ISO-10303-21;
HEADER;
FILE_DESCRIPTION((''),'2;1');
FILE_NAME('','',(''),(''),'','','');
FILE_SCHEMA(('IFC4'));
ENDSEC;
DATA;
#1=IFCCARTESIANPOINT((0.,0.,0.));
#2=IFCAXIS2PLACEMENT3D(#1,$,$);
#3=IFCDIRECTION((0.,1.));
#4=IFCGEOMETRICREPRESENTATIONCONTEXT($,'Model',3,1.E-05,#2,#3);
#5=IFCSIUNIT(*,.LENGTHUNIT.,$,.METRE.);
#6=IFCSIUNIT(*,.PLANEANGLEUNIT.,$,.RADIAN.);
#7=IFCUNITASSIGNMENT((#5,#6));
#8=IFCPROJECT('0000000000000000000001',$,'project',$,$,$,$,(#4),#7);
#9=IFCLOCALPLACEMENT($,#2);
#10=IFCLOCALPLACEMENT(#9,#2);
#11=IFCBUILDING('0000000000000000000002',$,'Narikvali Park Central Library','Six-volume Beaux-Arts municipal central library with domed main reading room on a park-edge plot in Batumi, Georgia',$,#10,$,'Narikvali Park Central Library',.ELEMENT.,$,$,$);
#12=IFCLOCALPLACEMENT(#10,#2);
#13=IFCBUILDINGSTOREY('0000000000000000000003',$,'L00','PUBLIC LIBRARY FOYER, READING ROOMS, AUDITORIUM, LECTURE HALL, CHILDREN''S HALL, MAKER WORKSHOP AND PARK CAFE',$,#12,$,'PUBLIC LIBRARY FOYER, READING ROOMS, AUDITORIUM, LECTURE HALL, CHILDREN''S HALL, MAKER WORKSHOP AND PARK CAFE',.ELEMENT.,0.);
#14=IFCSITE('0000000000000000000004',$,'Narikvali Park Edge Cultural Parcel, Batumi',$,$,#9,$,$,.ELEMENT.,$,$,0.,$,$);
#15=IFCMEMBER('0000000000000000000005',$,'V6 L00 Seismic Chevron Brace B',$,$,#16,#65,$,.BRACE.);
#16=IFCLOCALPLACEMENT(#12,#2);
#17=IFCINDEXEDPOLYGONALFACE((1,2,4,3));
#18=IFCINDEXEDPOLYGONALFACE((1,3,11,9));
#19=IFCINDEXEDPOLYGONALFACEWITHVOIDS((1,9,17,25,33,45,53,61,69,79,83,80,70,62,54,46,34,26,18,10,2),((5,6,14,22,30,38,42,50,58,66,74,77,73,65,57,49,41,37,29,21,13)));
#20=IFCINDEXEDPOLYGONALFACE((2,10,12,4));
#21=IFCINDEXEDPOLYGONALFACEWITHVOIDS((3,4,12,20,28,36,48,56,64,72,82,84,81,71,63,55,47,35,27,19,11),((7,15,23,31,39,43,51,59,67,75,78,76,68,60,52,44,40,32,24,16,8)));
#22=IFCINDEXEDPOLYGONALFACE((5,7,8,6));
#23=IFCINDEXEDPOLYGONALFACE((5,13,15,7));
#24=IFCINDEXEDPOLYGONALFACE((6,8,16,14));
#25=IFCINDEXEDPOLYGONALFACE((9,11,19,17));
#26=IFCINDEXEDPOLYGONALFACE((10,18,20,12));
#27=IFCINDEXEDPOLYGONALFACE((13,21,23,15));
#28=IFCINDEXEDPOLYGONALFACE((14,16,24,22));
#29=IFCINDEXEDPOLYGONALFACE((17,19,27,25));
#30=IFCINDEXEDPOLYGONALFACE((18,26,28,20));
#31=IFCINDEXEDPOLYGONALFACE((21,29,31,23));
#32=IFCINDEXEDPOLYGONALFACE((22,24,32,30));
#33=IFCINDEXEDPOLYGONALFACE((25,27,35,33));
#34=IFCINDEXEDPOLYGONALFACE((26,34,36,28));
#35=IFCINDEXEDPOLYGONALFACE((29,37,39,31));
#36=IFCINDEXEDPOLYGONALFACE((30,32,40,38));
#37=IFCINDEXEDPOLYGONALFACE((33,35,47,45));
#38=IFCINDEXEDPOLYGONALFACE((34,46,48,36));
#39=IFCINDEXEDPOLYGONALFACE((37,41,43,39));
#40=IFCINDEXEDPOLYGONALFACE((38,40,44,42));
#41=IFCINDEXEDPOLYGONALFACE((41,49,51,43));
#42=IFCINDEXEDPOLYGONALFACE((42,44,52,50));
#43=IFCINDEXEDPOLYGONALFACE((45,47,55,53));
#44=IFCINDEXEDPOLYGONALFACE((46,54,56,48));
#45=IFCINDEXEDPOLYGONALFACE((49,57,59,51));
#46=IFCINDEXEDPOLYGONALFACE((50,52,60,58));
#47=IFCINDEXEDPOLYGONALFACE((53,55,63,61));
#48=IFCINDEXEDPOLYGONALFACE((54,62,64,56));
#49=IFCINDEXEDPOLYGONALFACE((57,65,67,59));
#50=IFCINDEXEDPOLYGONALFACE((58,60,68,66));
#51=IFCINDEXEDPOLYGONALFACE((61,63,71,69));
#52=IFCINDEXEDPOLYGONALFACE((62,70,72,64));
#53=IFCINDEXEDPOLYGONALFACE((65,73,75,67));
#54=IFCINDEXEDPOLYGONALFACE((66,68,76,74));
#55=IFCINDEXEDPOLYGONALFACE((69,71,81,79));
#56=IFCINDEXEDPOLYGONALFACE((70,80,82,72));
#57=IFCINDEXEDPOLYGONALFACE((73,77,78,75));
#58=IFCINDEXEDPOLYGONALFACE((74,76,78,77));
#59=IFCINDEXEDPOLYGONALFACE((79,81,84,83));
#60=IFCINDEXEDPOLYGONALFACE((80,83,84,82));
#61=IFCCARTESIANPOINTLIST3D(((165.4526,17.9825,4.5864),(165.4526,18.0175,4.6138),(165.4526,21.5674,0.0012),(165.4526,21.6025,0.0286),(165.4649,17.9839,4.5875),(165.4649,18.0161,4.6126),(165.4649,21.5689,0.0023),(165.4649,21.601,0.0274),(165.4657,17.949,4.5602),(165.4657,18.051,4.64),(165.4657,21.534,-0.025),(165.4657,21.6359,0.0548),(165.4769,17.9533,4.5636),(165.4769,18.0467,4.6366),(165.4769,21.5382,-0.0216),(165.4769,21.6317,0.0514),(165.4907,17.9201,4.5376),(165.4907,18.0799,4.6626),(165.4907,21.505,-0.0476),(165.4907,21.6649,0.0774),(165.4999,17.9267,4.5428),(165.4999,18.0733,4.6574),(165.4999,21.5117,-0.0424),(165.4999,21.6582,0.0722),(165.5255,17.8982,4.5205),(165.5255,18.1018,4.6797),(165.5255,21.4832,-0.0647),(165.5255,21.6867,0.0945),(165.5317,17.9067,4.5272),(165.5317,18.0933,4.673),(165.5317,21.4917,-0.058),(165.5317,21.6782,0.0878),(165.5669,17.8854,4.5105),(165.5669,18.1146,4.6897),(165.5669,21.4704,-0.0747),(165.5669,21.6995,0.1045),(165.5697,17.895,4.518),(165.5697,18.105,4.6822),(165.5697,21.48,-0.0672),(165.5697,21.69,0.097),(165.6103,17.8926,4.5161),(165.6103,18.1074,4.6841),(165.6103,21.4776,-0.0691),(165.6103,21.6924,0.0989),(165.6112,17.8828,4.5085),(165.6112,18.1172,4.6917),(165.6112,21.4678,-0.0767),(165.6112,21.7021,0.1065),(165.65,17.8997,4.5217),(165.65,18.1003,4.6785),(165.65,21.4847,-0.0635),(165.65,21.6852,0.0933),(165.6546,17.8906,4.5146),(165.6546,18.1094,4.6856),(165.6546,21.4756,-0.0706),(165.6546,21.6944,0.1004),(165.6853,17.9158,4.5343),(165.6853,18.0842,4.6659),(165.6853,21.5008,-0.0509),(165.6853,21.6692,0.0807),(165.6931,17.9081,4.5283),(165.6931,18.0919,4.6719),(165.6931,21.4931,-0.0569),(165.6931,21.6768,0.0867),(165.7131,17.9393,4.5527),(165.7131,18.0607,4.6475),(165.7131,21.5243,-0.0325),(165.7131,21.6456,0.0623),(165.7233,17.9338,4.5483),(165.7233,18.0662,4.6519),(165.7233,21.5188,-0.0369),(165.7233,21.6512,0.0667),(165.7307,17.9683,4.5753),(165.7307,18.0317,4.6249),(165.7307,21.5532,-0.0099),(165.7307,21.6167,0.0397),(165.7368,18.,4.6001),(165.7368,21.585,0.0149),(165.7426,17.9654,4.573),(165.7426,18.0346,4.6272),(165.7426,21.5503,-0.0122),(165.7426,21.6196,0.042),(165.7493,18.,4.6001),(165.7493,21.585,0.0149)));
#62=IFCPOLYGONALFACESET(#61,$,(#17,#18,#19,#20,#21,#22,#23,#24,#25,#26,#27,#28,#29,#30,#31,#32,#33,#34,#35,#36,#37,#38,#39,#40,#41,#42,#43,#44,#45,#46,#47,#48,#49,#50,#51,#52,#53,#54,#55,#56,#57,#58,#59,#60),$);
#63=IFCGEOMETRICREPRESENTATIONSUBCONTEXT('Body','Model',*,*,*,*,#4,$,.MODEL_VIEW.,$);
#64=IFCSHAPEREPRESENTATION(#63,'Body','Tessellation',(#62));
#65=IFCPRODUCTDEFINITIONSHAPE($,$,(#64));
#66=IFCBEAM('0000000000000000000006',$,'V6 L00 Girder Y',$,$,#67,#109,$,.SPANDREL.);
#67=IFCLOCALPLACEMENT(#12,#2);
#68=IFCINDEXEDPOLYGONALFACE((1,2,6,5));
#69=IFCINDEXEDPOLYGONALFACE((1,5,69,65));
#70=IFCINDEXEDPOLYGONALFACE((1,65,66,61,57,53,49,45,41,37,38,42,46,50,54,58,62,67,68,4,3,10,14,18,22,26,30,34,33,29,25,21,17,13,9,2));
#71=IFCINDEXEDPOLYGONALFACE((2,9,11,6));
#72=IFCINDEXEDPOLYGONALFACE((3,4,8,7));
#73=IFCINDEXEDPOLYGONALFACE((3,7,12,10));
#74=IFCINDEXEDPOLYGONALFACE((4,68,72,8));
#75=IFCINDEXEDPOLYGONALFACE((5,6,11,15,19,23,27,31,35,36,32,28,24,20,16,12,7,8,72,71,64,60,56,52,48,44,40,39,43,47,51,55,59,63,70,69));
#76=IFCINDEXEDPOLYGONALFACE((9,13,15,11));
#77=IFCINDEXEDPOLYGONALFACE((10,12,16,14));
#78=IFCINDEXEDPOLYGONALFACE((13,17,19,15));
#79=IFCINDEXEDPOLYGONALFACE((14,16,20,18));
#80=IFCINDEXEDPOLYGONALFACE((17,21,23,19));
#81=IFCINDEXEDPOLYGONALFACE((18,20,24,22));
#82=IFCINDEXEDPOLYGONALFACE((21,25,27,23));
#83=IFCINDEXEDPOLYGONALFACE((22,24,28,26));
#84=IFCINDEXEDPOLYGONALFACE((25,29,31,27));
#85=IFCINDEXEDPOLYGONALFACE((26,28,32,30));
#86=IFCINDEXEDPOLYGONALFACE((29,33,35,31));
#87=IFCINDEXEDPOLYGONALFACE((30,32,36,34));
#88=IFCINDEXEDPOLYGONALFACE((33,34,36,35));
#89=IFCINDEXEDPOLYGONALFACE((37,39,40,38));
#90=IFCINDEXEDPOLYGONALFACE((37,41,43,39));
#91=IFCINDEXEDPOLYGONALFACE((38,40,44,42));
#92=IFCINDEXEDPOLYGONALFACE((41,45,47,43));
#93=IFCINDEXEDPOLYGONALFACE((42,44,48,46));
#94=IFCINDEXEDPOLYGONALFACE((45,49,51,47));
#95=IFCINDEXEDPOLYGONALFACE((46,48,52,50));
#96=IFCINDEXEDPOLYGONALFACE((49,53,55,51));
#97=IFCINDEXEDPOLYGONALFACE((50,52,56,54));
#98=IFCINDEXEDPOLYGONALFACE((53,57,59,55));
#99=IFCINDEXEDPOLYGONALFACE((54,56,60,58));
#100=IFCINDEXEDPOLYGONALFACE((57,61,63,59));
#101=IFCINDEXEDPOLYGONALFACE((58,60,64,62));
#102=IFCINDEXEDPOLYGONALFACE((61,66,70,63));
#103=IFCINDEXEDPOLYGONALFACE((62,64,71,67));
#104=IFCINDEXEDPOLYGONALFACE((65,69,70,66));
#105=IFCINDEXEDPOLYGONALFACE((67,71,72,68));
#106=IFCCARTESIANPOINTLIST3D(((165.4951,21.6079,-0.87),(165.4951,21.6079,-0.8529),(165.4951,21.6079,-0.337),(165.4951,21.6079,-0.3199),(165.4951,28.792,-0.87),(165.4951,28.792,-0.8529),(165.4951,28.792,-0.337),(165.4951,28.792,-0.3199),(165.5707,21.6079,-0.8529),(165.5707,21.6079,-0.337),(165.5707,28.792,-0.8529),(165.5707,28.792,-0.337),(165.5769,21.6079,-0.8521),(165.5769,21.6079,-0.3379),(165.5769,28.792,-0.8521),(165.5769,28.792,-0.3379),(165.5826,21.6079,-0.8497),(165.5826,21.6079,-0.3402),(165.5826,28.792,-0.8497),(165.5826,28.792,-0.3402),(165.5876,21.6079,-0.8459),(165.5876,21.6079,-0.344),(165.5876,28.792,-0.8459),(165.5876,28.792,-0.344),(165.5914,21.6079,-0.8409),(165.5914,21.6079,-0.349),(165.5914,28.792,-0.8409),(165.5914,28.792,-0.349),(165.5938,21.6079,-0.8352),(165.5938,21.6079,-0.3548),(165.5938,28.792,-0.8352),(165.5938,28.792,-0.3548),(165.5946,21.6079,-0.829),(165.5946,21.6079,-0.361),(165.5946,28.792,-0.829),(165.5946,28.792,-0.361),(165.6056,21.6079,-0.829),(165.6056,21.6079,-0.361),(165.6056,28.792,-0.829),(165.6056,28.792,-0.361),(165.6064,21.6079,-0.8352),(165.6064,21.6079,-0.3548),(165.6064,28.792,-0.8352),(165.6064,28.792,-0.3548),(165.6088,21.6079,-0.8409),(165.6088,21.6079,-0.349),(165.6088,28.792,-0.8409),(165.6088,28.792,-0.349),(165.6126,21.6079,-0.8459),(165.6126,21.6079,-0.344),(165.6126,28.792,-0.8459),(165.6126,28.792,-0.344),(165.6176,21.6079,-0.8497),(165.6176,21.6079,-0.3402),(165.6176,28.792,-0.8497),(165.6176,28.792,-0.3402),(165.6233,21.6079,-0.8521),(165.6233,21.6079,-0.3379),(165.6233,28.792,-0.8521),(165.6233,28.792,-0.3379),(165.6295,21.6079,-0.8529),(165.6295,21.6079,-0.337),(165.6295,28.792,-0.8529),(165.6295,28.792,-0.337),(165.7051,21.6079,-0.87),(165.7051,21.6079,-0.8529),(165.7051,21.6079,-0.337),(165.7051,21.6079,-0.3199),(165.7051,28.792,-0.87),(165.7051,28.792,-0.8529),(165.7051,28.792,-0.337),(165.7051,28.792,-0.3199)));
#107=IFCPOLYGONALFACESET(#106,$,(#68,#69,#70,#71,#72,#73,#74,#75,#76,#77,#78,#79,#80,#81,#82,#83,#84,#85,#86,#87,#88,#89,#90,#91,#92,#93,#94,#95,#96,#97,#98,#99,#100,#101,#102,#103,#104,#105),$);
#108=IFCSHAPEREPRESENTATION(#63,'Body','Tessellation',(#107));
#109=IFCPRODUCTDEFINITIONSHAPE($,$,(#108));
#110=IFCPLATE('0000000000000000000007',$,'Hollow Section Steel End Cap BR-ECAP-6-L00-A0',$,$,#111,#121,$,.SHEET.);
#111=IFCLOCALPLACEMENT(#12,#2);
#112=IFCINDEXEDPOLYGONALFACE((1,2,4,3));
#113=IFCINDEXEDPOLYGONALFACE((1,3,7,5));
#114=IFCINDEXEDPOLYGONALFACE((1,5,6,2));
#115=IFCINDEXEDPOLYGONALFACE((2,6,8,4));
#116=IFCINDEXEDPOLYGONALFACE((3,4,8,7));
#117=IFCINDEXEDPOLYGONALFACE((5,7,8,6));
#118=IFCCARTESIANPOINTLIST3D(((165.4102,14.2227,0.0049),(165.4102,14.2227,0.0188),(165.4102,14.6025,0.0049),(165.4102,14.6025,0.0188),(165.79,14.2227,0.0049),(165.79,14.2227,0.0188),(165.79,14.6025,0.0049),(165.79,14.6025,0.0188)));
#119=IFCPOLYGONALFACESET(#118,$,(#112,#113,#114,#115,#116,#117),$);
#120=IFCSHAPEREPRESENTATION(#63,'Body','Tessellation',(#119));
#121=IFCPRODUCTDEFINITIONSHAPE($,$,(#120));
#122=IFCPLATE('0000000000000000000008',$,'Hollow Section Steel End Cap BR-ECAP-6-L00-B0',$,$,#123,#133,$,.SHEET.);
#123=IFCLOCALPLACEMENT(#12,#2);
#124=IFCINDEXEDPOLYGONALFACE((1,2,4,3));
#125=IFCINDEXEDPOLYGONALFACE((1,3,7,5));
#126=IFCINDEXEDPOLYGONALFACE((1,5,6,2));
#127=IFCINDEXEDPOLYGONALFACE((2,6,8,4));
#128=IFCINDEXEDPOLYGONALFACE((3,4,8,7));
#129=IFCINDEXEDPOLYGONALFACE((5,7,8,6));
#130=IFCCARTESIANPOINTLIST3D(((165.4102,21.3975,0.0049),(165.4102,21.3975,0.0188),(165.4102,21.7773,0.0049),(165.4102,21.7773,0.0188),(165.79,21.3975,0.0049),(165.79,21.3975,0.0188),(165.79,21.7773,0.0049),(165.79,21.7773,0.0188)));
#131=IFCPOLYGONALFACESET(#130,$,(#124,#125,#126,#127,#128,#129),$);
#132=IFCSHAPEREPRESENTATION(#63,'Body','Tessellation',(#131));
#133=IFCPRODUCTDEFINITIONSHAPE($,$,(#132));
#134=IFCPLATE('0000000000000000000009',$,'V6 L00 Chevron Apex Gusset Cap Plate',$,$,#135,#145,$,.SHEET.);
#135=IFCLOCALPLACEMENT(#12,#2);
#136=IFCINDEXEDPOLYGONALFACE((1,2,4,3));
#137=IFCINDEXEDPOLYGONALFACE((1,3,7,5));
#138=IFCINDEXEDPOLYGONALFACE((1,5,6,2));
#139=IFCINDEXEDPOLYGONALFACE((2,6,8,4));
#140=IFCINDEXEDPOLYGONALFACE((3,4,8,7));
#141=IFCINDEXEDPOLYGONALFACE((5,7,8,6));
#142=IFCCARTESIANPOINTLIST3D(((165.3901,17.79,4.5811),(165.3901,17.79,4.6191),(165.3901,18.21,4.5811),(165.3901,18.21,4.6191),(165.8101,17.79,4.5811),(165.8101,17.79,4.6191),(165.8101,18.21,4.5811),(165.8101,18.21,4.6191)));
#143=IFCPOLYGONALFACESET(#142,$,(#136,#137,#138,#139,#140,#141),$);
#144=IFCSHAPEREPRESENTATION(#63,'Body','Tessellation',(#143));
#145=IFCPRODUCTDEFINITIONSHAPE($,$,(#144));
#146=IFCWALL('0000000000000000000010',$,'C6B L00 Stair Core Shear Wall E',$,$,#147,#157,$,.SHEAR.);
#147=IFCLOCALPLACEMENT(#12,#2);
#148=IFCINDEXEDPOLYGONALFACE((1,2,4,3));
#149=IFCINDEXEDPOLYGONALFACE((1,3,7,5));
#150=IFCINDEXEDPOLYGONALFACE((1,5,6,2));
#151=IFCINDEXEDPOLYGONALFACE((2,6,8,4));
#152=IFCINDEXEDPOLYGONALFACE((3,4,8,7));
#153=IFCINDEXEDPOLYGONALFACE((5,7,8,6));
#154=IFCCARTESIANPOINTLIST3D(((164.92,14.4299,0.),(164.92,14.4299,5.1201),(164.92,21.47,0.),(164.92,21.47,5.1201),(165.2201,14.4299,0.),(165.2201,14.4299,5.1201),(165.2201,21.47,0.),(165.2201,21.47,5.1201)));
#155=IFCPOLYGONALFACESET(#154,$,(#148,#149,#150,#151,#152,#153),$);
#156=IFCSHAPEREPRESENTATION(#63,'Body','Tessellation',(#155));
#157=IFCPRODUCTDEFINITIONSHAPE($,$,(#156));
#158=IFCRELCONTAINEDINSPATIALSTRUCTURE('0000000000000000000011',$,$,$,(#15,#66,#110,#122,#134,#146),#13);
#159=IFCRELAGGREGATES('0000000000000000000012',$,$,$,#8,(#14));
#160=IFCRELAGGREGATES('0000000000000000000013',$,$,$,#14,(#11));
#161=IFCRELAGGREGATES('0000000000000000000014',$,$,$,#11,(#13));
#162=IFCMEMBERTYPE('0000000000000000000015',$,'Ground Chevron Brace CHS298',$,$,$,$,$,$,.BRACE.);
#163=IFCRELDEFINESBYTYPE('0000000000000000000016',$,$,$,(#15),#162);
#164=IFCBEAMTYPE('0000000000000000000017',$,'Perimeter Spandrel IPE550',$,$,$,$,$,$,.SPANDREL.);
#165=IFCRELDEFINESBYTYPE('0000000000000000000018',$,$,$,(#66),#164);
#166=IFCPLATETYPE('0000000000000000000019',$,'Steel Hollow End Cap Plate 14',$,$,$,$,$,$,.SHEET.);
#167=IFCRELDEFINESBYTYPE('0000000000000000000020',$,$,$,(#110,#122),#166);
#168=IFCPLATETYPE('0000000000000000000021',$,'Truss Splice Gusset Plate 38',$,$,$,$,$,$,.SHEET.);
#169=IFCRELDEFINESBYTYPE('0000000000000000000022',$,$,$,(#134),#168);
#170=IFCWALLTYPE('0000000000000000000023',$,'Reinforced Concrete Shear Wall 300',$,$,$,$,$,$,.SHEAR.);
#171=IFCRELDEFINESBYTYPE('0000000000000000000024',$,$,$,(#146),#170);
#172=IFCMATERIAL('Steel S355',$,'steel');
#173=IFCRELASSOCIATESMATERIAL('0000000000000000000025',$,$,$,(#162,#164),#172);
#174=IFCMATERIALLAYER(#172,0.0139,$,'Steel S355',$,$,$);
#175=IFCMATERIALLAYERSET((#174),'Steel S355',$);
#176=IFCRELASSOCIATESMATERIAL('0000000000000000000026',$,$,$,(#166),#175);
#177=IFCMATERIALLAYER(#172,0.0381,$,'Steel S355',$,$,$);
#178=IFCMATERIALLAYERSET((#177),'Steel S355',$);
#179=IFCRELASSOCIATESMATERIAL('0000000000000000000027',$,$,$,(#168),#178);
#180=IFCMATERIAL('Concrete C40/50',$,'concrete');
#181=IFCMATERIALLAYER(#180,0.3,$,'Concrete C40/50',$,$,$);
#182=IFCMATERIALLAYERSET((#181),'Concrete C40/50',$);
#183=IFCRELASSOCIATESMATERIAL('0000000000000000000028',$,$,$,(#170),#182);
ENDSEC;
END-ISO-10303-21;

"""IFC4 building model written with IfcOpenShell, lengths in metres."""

from ifc_helpers import new_model, si_unit, direction, frame, frame_2d, origin, origin_2d, place, context, subcontext, project, spatial, rectangle, hollow_circle, i_section, extrude, material, layer, layer_set, material_profile, profile_set, type_object, element, save


model = new_model("IFC4")

# Units and contexts
model_context = context("Model", 3, precision=1e-05, world=origin(), true_north=direction((0.0, 1.0)))
body_context = subcontext(model_context, "Body", "Model", "MODEL_VIEW")
ifc_project = project(units=[si_unit("LENGTHUNIT", "METRE"), si_unit("PLANEANGLEUNIT", "RADIAN")], contexts=[model_context])

# Site, building, storey
site_placement = place(None, origin())
site = spatial("IfcSite", under=ifc_project, at=site_placement, Name="Narikvali Park Edge Cultural Parcel, Batumi", CompositionType="ELEMENT", RefElevation=0.0)
building_placement = place(site_placement, origin())
building = spatial("IfcBuilding", under=site, at=building_placement, Name="Narikvali Park Central Library", Description="Six-volume Beaux-Arts municipal central library with domed main reading room on a park-edge plot in Batumi, Georgia", LongName="Narikvali Park Central Library", CompositionType="ELEMENT")
storey_placement = place(building_placement, origin())
storey = spatial("IfcBuildingStorey", under=building, at=storey_placement, Name="L00", Description="PUBLIC LIBRARY FOYER, READING ROOMS, AUDITORIUM, LECTURE HALL, CHILDREN'S HALL, MAKER WORKSHOP AND PARK CAFE", LongName="PUBLIC LIBRARY FOYER, READING ROOMS, AUDITORIUM, LECTURE HALL, CHILDREN'S HALL, MAKER WORKSHOP AND PARK CAFE", CompositionType="ELEMENT", Elevation=0.0)

# Shared definitions
ifc_material_1 = material(Name="Steel S355", Category="steel")

# Member
ifc_material_profile_1 = material_profile(ifc_material_1, hollow_circle(Radius=0.1492, WallThickness=0.0125, at=origin_2d()), Name="CHS 298.5x12.5")
ifc_profile_set_1 = profile_set([ifc_material_profile_1], Name="Steel S355")
member_type = type_object("IfcMemberType", Name="Ground Chevron Brace CHS298", PredefinedType="BRACE", material=ifc_profile_set_1)
for number, where, z_axis, x_axis, name in (
    (1, (165.6001, 21.585, 0.0149), (0.0, -0.615939, 0.787793), (1.0, 0.0, 0.0), "V6 L00 Seismic Chevron Brace B"),
):
    element("IfcMember", number, at=place(storey_placement, frame(where, z_axis=z_axis, x_axis=x_axis)), inside=storey, type_object=member_type, Name=name, PredefinedType="BRACE", context=body_context, shape_type="SweptSolid", body=[
        extrude(hollow_circle(Radius=0.1492, WallThickness=0.0125, at=origin_2d()), origin(), (0.0, 0.0, 1.0), 5.8203),
    ])

# Beam
ifc_material_profile_2 = material_profile(ifc_material_1, i_section(OverallWidth=0.21, OverallDepth=0.55, WebThickness=0.011, FlangeThickness=0.0171, FilletRadius=0.0239, at=origin_2d()), Name="IPE 550")
ifc_profile_set_2 = profile_set([ifc_material_profile_2], Name="Steel S355")
beam_type_1 = type_object("IfcBeamType", Name="Perimeter Spandrel IPE550", PredefinedType="SPANDREL", material=ifc_profile_set_2)
beam_1_placement = place(storey_placement, frame((165.6001, 21.6079, -0.595), z_axis=(0.0, 1.0, 0.0), x_axis=(-1.0, 0.0, 0.0)))
element("IfcBeam", 2, at=beam_1_placement, inside=storey, type_object=beam_type_1, Name="V6 L00 Girder Y", PredefinedType="SPANDREL", context=body_context, shape_type="SweptSolid", body=[
    extrude(i_section(OverallWidth=0.21, OverallDepth=0.55, WebThickness=0.011, FlangeThickness=0.0171, FilletRadius=0.0239, at=origin_2d()), origin(), (0.0, 0.0, 1.0), 7.1841),
])

# Plates
ifc_layer_1 = layer(ifc_material_1, 0.0139, Name="Steel S355")
ifc_layer_set_1 = layer_set([ifc_layer_1], Name="Steel S355")
plate_type_1 = type_object("IfcPlateType", Name="Steel Hollow End Cap Plate 14", PredefinedType="SHEET", material=ifc_layer_set_1)
for number, where, z_axis, x_axis, name in (
    (3, (165.6001, 14.4126, 0.0049), (0.0, 0.0, 1.0), (1.0, 0.0, 0.0), "Hollow Section Steel End Cap BR-ECAP-6-L00-A0"),
    (4, (165.6001, 21.5874, 0.0049), (0.0, 0.0, 1.0), (1.0, 0.0, 0.0), "Hollow Section Steel End Cap BR-ECAP-6-L00-B0"),
):
    element("IfcPlate", number, at=place(storey_placement, frame(where, z_axis=z_axis, x_axis=x_axis)), inside=storey, type_object=plate_type_1, Name=name, PredefinedType="SHEET", context=body_context, shape_type="SweptSolid", body=[
        extrude(rectangle(XDim=0.3799, YDim=0.3799, at=origin_2d()), origin(), (0.0, 0.0, 1.0), 0.0139),
    ])
ifc_layer_2 = layer(ifc_material_1, 0.0381, Name="Steel S355")
ifc_layer_set_2 = layer_set([ifc_layer_2], Name="Steel S355")
plate_type_2 = type_object("IfcPlateType", Name="Truss Splice Gusset Plate 38", PredefinedType="SHEET", material=ifc_layer_set_2)
plate_placement = place(storey_placement, frame((165.6001, 18.0, 4.5811), z_axis=(0.0, 0.0, 1.0), x_axis=(1.0, 0.0, 0.0)))
element("IfcPlate", 5, at=plate_placement, inside=storey, type_object=plate_type_2, Name="V6 L00 Chevron Apex Gusset Cap Plate", PredefinedType="SHEET", context=body_context, shape_type="SweptSolid", body=[
    extrude(rectangle(XDim=0.4199, YDim=0.4199, at=origin_2d()), origin(), (0.0, 0.0, 1.0), 0.0381),
])

# Wall
ifc_material_2 = material(Name="Concrete C40/50", Category="concrete")
ifc_layer_3 = layer(ifc_material_2, 0.3, Name="Concrete C40/50")
ifc_layer_set_3 = layer_set([ifc_layer_3], Name="Concrete C40/50")
wall_type_1 = type_object("IfcWallType", Name="Reinforced Concrete Shear Wall 300", PredefinedType="SHEAR", material=ifc_layer_set_3)
wall_1_placement = place(storey_placement, frame((165.0701, 14.4299, 0.0), z_axis=(0.0, 0.0, 1.0), x_axis=(0.0, 1.0, 0.0)))
element("IfcWall", 6, at=wall_1_placement, inside=storey, type_object=wall_type_1, Name="C6B L00 Stair Core Shear Wall E", PredefinedType="SHEAR", context=body_context, shape_type="SweptSolid", body=[
    extrude(rectangle(XDim=7.04, YDim=0.3, at=frame_2d((3.52, 0.0))), origin(), (0.0, 0.0, 1.0), 5.1201),
])

save(model, "model.ifc")
